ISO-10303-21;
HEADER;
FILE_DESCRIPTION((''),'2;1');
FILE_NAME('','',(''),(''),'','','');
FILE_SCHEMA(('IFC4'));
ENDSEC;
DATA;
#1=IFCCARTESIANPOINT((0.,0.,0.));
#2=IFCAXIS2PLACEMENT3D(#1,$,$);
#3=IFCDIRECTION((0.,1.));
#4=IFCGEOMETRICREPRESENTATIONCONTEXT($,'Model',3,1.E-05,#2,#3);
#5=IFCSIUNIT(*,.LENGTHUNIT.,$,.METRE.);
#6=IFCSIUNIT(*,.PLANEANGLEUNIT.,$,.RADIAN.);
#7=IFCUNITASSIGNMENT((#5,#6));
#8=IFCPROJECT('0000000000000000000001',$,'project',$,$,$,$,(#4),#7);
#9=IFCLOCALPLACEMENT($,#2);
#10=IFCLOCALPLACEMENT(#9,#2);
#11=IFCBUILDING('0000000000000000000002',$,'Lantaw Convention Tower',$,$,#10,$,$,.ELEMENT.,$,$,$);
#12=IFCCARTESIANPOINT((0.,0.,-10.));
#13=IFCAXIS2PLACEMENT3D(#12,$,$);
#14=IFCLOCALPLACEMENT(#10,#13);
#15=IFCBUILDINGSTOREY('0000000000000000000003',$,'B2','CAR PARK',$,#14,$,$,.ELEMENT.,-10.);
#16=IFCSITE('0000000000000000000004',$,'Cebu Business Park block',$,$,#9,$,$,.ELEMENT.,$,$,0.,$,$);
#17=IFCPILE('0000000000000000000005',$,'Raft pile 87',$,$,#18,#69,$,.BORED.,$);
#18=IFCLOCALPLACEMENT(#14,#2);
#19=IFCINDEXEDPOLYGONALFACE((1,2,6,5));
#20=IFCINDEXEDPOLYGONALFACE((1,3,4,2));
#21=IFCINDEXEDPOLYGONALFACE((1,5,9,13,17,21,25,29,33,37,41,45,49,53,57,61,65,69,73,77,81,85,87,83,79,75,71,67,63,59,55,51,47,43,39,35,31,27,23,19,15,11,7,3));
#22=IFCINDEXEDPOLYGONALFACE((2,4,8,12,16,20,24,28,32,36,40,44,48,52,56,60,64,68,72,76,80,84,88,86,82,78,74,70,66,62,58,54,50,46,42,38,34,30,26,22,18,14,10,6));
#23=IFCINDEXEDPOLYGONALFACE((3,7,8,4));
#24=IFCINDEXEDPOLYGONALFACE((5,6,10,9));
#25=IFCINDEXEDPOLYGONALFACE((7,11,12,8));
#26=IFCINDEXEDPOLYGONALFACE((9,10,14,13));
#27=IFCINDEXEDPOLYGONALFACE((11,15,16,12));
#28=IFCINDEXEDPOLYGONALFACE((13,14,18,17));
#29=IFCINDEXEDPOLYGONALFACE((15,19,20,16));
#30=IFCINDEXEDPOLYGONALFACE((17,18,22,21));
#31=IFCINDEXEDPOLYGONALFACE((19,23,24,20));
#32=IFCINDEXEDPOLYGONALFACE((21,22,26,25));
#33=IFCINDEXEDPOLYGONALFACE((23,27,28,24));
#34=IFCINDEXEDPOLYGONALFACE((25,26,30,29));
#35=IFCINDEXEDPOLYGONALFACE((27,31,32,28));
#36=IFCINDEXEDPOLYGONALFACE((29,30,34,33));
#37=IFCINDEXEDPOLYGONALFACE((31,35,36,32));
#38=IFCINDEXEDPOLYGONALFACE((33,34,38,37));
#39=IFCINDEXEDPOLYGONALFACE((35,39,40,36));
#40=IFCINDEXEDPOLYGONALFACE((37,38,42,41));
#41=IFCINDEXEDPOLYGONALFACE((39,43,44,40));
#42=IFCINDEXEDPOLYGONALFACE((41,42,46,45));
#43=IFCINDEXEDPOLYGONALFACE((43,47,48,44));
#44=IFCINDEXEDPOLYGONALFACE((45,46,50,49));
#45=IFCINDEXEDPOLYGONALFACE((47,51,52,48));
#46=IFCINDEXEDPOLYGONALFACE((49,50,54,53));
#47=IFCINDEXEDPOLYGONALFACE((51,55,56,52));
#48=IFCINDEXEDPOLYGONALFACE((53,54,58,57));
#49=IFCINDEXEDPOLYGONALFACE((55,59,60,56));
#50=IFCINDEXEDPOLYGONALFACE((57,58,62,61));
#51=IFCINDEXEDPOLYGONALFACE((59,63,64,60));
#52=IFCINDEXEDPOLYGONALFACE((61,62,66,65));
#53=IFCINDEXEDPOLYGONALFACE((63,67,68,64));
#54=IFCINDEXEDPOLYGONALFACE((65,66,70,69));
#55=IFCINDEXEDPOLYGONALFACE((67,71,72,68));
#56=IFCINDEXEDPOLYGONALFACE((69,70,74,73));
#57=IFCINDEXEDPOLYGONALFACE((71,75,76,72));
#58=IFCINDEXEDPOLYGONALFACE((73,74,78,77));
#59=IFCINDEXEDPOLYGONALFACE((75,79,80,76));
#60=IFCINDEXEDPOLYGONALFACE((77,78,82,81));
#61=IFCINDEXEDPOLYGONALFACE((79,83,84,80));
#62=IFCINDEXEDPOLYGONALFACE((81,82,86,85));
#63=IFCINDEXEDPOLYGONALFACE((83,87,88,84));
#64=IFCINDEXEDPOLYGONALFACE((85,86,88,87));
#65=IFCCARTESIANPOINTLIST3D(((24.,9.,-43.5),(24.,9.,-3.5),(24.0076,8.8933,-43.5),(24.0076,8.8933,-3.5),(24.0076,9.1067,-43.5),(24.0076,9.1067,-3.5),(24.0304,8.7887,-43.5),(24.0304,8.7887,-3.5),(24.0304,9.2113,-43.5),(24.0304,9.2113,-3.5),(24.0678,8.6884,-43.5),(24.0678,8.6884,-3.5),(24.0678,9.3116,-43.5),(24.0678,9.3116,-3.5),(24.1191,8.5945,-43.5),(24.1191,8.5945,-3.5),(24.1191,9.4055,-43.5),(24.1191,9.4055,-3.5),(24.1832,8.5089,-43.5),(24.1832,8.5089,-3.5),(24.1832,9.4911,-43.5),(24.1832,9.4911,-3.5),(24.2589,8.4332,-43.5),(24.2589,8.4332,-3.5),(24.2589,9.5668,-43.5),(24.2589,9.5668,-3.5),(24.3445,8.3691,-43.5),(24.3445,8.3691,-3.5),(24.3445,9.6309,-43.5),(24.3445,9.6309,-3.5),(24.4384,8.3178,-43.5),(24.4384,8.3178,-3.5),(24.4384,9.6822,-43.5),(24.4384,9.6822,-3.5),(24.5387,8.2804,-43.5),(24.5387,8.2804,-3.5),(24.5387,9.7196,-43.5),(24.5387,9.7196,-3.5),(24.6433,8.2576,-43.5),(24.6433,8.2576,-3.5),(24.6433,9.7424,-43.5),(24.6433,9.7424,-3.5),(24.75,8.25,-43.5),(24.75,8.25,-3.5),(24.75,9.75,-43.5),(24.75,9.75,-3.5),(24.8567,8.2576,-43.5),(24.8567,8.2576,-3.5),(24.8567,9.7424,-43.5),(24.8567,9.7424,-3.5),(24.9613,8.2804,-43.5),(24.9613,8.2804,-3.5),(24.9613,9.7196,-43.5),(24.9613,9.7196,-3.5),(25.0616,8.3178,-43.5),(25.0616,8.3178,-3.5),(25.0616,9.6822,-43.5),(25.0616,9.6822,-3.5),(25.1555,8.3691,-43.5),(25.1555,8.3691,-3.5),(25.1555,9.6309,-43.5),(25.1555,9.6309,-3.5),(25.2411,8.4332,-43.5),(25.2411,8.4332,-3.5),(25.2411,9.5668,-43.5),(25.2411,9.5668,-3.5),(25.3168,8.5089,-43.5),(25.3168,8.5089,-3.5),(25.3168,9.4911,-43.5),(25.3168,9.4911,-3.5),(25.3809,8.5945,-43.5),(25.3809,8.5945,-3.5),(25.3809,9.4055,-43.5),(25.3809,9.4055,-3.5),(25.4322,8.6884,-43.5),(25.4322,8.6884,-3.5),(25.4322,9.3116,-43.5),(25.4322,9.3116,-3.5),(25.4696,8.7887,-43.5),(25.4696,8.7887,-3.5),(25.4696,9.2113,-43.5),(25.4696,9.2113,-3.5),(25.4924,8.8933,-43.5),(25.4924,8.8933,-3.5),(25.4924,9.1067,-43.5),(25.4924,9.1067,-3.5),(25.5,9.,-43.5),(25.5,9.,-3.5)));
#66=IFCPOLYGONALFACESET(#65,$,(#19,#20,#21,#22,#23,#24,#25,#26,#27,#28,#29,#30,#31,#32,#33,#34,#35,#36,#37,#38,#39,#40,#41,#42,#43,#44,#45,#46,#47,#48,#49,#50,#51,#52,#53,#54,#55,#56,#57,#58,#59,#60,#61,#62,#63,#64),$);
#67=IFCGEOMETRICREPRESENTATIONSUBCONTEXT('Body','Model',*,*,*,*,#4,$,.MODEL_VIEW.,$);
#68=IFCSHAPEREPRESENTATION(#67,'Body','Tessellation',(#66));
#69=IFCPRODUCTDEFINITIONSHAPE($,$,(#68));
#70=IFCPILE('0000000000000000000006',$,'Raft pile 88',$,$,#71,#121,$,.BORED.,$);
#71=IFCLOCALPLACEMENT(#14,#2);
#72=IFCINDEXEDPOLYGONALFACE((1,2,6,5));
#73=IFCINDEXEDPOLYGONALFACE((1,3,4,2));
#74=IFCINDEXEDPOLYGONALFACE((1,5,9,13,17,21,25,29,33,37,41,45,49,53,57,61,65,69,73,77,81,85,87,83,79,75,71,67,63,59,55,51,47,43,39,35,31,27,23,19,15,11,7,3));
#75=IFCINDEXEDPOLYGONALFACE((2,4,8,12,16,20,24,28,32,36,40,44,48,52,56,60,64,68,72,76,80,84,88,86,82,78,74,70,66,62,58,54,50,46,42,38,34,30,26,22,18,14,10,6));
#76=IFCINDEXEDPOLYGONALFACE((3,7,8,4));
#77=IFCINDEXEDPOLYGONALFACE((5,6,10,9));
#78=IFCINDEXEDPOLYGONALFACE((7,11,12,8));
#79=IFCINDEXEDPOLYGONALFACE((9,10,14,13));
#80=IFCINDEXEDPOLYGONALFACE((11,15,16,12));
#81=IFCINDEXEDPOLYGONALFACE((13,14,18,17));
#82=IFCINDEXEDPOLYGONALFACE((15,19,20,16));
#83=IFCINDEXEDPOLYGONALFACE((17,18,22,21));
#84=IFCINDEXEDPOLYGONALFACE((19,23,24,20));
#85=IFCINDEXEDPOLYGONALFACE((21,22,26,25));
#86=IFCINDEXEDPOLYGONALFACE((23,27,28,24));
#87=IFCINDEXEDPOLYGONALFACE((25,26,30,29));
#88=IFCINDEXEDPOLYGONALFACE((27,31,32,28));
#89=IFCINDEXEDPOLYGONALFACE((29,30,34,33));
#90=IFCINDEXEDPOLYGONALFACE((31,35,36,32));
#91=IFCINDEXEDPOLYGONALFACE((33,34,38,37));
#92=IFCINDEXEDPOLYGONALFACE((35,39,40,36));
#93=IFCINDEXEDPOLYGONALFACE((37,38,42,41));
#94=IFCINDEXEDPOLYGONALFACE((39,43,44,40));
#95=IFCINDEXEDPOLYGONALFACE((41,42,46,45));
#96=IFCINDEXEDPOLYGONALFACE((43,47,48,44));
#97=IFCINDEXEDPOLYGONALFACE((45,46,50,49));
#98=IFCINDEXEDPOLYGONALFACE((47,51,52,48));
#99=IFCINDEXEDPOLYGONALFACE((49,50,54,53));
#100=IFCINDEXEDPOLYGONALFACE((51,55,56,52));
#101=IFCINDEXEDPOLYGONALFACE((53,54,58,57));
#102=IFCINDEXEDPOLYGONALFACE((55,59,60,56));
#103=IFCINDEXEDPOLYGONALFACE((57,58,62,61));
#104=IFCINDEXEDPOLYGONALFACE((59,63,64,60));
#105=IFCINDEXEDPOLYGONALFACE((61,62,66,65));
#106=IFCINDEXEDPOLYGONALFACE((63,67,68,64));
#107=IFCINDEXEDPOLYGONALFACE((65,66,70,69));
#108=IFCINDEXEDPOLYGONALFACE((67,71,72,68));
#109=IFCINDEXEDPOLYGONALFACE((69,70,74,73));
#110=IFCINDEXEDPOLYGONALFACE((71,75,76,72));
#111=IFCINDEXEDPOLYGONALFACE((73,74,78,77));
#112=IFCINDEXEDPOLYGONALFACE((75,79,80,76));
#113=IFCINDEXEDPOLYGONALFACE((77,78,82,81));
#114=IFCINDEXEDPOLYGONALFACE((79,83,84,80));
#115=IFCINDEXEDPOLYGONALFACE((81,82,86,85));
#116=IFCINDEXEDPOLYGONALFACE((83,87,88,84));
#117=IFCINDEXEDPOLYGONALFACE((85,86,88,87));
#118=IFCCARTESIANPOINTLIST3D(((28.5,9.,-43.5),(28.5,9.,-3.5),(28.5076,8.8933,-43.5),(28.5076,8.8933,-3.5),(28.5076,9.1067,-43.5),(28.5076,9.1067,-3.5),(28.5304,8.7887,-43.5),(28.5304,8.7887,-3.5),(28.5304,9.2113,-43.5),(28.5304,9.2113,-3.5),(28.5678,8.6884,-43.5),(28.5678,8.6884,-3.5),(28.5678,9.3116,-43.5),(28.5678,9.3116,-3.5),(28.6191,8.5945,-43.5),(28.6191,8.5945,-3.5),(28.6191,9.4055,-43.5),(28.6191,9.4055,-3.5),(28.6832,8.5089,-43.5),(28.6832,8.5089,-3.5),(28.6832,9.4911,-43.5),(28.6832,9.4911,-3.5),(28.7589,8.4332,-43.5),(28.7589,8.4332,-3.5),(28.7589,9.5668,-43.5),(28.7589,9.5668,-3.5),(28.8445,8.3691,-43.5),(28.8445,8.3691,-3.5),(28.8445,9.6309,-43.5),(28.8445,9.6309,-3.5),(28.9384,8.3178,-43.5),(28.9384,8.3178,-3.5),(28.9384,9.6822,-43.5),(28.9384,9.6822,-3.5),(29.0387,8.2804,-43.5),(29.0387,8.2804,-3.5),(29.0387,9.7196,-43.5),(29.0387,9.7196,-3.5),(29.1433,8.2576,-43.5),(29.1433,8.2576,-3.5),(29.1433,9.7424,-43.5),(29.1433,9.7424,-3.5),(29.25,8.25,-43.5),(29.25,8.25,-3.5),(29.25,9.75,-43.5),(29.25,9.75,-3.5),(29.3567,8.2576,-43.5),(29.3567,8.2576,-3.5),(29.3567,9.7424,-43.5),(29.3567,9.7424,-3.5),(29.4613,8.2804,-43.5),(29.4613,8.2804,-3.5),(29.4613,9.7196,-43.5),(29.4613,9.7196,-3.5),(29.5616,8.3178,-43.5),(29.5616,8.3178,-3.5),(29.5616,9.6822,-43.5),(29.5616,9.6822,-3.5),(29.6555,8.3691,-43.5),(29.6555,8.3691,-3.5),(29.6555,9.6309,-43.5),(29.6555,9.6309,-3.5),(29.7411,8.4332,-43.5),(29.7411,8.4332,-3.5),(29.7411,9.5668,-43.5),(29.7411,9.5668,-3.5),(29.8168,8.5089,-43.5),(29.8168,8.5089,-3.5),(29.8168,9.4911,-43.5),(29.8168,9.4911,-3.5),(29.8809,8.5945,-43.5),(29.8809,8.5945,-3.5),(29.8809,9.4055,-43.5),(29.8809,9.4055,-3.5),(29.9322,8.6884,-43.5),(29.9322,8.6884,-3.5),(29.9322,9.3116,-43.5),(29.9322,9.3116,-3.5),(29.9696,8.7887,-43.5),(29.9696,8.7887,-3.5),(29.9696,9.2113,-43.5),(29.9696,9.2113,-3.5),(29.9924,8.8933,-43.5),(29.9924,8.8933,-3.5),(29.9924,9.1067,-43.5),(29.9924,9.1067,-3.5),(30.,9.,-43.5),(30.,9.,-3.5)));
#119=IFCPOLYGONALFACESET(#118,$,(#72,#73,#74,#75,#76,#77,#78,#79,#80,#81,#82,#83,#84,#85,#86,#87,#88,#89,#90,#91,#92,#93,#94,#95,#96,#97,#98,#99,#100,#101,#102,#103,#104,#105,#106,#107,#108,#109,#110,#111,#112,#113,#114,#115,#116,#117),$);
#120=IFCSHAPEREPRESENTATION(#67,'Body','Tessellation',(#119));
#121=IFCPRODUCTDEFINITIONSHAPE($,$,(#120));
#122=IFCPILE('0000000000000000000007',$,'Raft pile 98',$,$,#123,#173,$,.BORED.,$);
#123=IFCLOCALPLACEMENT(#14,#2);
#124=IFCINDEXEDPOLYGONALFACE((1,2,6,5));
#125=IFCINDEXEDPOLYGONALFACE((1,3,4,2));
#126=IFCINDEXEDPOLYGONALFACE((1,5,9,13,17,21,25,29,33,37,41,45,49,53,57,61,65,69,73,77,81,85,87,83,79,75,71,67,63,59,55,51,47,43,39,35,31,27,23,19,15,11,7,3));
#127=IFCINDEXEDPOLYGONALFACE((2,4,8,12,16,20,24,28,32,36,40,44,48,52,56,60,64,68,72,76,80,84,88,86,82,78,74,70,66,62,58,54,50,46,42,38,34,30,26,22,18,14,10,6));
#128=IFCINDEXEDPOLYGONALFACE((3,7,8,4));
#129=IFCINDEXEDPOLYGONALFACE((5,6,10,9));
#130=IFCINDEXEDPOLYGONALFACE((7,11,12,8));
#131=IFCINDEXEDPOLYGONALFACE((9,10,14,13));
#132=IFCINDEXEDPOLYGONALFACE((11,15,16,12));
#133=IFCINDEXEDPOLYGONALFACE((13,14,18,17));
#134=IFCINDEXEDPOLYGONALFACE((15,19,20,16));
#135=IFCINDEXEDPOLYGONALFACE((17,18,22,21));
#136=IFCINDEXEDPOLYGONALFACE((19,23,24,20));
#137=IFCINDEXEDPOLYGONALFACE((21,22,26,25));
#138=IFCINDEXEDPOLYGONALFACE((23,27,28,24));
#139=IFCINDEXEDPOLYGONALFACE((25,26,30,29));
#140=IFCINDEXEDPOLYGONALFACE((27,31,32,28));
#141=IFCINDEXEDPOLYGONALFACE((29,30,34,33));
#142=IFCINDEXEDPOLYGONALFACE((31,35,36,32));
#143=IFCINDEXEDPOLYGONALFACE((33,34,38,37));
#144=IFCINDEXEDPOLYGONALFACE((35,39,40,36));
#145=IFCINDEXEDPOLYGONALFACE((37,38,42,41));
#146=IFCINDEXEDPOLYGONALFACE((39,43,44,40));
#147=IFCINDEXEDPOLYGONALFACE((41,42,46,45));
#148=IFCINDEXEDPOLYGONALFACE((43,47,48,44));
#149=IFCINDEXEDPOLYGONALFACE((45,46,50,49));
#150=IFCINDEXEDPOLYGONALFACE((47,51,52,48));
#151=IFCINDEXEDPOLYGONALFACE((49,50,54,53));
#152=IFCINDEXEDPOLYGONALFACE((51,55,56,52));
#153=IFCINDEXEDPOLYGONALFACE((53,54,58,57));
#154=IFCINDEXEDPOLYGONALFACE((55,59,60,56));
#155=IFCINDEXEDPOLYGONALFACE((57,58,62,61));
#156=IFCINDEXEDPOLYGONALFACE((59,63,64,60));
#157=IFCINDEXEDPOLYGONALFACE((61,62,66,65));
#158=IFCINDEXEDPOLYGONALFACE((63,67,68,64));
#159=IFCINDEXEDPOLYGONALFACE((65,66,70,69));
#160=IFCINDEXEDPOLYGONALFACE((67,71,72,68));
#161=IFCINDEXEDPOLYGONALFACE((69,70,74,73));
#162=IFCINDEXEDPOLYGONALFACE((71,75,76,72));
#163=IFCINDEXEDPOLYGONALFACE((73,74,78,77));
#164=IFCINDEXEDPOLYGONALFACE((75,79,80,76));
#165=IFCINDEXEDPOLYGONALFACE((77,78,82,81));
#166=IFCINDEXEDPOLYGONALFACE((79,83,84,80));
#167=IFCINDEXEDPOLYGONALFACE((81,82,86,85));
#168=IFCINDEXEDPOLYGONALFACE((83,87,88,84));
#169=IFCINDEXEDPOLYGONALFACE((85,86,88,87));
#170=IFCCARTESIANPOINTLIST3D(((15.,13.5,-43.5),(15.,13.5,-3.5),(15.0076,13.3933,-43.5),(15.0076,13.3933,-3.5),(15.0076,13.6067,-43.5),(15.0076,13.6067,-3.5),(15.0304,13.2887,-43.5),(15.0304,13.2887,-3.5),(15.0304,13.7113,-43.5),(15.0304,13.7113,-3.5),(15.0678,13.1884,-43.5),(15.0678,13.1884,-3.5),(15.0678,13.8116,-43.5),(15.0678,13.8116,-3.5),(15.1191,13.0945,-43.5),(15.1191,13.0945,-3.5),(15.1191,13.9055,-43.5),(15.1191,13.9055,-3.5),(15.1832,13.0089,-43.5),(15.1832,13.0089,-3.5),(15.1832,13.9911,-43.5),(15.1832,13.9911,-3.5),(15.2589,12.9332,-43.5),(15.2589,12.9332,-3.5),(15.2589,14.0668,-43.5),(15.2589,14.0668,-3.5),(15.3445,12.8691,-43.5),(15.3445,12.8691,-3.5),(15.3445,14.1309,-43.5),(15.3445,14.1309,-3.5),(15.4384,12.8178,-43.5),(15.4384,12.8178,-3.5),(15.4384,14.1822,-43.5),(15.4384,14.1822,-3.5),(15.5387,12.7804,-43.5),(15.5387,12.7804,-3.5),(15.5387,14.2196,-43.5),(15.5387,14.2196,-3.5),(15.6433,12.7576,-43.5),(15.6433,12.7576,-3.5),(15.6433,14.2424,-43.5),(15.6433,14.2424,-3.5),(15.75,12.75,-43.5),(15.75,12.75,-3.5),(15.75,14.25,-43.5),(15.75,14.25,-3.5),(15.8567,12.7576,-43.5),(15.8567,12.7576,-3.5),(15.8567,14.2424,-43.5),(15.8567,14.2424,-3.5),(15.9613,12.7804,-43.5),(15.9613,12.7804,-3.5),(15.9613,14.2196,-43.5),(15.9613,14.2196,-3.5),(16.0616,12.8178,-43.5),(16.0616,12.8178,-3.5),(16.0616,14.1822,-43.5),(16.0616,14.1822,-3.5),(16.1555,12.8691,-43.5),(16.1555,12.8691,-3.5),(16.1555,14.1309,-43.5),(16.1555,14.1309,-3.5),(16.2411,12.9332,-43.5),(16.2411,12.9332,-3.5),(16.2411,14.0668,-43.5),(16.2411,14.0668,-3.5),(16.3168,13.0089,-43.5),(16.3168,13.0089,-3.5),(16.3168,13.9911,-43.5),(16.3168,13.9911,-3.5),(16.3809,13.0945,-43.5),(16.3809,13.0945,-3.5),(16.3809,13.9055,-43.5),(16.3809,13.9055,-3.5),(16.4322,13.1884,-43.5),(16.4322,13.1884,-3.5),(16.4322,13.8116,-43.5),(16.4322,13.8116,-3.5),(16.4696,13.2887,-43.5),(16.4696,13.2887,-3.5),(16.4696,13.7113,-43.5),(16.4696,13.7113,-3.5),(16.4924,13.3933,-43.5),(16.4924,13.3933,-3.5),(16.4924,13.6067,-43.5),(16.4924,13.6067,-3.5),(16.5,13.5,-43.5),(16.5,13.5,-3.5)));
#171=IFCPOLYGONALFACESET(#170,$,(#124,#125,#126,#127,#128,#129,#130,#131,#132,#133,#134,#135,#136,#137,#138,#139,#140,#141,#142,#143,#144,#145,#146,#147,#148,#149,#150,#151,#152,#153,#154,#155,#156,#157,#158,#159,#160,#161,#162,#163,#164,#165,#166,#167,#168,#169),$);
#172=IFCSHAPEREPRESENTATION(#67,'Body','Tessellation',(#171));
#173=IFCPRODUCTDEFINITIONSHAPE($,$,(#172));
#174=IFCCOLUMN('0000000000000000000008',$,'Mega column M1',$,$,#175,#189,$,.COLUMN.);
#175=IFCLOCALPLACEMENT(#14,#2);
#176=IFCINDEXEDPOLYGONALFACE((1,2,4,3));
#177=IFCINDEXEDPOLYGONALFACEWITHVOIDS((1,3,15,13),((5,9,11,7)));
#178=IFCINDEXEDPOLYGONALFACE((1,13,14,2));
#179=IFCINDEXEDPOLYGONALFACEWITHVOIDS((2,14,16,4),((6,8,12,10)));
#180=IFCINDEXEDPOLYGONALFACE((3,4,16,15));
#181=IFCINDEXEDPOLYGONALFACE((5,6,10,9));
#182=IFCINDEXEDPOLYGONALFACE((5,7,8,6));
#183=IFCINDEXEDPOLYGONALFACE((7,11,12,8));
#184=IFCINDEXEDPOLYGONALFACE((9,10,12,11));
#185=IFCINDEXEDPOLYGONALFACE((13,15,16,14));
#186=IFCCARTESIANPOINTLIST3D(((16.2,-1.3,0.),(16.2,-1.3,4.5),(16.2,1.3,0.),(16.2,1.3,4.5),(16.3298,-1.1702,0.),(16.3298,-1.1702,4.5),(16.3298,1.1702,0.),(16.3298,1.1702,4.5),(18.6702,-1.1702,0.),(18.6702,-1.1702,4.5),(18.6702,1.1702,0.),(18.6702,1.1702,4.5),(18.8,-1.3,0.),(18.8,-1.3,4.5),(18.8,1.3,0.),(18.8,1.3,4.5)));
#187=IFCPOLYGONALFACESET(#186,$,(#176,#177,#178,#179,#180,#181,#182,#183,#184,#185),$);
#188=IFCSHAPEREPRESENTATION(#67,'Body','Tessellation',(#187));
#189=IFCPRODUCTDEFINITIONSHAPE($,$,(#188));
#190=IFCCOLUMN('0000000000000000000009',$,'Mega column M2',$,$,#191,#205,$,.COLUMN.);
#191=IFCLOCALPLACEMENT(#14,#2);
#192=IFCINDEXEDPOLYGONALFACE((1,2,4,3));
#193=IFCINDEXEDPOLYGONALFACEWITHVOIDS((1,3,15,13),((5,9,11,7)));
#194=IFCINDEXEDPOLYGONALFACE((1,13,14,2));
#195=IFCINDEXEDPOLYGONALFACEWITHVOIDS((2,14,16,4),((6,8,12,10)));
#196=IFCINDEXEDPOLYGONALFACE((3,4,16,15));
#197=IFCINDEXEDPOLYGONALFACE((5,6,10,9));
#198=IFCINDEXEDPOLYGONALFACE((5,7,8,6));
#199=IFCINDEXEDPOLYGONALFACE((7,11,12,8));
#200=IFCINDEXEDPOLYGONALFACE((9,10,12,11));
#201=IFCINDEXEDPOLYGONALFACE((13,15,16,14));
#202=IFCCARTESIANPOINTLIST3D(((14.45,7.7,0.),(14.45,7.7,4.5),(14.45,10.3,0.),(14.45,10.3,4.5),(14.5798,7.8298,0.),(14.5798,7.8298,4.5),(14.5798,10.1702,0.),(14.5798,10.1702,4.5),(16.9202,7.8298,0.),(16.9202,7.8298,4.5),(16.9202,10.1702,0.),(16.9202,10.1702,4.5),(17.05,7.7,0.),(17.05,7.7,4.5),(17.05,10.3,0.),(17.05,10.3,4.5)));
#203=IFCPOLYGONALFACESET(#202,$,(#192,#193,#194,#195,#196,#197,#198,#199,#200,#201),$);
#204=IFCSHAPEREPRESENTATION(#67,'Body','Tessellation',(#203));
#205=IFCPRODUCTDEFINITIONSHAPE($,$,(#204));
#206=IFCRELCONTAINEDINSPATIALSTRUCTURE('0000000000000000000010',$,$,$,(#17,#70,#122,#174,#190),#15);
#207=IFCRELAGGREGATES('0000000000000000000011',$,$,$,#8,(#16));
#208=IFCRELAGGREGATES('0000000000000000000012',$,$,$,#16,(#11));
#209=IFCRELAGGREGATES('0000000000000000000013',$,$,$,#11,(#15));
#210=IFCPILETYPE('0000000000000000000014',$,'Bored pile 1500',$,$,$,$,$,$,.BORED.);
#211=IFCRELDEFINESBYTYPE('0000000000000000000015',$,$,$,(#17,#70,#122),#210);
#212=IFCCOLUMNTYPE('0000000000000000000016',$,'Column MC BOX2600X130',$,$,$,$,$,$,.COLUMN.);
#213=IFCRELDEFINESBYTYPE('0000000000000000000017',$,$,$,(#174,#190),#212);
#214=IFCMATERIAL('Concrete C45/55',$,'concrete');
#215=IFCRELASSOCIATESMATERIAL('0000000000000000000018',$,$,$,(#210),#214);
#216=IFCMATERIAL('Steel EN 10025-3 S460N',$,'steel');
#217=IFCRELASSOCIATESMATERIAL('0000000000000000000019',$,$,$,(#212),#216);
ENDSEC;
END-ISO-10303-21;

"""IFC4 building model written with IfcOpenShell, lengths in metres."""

from ifc_helpers import new_model, si_unit, direction, frame, origin, origin_2d, place, context, subcontext, project, spatial, rectangle, hollow_rectangle, circle, extrude, material, material_profile, profile_set, type_object, element, save


model = new_model("IFC4")

# Units and contexts
model_context = context("Model", 3, precision=1e-05, world=origin(), true_north=direction((0.0, 1.0)))
body_context = subcontext(model_context, "Body", "Model", "MODEL_VIEW")
ifc_project = project(units=[si_unit("LENGTHUNIT", "METRE"), si_unit("PLANEANGLEUNIT", "RADIAN")], contexts=[model_context])

# Site, building, storey
site_placement = place(None, origin())
site = spatial("IfcSite", under=ifc_project, at=site_placement, Name="Cebu Business Park block", CompositionType="ELEMENT", RefElevation=0.0)
building_placement = place(site_placement, origin())
building = spatial("IfcBuilding", under=site, at=building_placement, Name="Lantaw Convention Tower", CompositionType="ELEMENT")
storey_placement = place(building_placement, frame((0.0, 0.0, -10.0)))
storey = spatial("IfcBuildingStorey", under=building, at=storey_placement, Name="B2", Description="CAR PARK", CompositionType="ELEMENT", Elevation=-10.0)

# Piles
ifc_material_1 = material(Name="Concrete C45/55", Category="concrete")
ifc_material_profile_1 = material_profile(ifc_material_1, circle(Radius=0.75, at=origin_2d()), Name="Bored pile 1500")
ifc_profile_set_1 = profile_set([ifc_material_profile_1], Name="Concrete C45/55")
pile_type_1 = type_object("IfcPileType", Name="Bored pile 1500", PredefinedType="BORED", material=ifc_profile_set_1)
for number, where, z_axis, x_axis, name in (
    (1, (24.75, 9.0, -3.5), (0.0, 0.0, -1.0), (1.0, 0.0, 0.0), "Raft pile 87"),
    (2, (29.25, 9.0, -3.5), (0.0, 0.0, -1.0), (1.0, 0.0, 0.0), "Raft pile 88"),
    (3, (15.75, 13.5, -3.5), (0.0, 0.0, -1.0), (1.0, 0.0, 0.0), "Raft pile 98"),
):
    element("IfcPile", number, at=place(storey_placement, frame(where, z_axis=z_axis, x_axis=x_axis)), inside=storey, type_object=pile_type_1, Name=name, PredefinedType="BORED", context=body_context, shape_type="SweptSolid", body=[
        extrude(circle(Radius=0.75, at=origin_2d()), origin(), (0.0, 0.0, 1.0), 40.0),
    ])

# Columns
ifc_material_2 = material(Name="Steel EN 10025-3 S460N", Category="steel")
ifc_material_profile_2 = material_profile(ifc_material_2, hollow_rectangle(XDim=2.6001, YDim=2.6001, WallThickness=0.1299, at=origin_2d()), Name="BOX2600X130")
ifc_material_3 = material(Name="Concrete C60/75", Category="concrete")
ifc_material_profile_3 = material_profile(ifc_material_3, rectangle(XDim=2.3401, YDim=2.3401, at=origin_2d()), Name="Concrete fill of BOX2600X130")
ifc_profile_set_2 = profile_set([ifc_material_profile_2, ifc_material_profile_3], Name="Steel EN 10025-3 S460N")
column_type_1 = type_object("IfcColumnType", Name="Column MC BOX2600X130", PredefinedType="COLUMN", material=ifc_profile_set_2)
for number, where, z_axis, x_axis, name in (
    (4, (17.5, 0.0, 0.0), (0.0, 0.0, 1.0), (1.0, 0.0, 0.0), "Mega column M1"),
    (5, (15.75, 9.0, 0.0), (0.0, 0.0, 1.0), (1.0, 0.0, 0.0), "Mega column M2"),
):
    element("IfcColumn", number, at=place(storey_placement, frame(where, z_axis=z_axis, x_axis=x_axis)), inside=storey, type_object=column_type_1, Name=name, PredefinedType="COLUMN", context=body_context, shape_type="SweptSolid", body=[
        extrude(hollow_rectangle(XDim=2.6001, YDim=2.6001, WallThickness=0.1299, at=origin_2d()), origin(), (0.0, 0.0, 1.0), 4.5),
    ])

save(model, "model.ifc")
